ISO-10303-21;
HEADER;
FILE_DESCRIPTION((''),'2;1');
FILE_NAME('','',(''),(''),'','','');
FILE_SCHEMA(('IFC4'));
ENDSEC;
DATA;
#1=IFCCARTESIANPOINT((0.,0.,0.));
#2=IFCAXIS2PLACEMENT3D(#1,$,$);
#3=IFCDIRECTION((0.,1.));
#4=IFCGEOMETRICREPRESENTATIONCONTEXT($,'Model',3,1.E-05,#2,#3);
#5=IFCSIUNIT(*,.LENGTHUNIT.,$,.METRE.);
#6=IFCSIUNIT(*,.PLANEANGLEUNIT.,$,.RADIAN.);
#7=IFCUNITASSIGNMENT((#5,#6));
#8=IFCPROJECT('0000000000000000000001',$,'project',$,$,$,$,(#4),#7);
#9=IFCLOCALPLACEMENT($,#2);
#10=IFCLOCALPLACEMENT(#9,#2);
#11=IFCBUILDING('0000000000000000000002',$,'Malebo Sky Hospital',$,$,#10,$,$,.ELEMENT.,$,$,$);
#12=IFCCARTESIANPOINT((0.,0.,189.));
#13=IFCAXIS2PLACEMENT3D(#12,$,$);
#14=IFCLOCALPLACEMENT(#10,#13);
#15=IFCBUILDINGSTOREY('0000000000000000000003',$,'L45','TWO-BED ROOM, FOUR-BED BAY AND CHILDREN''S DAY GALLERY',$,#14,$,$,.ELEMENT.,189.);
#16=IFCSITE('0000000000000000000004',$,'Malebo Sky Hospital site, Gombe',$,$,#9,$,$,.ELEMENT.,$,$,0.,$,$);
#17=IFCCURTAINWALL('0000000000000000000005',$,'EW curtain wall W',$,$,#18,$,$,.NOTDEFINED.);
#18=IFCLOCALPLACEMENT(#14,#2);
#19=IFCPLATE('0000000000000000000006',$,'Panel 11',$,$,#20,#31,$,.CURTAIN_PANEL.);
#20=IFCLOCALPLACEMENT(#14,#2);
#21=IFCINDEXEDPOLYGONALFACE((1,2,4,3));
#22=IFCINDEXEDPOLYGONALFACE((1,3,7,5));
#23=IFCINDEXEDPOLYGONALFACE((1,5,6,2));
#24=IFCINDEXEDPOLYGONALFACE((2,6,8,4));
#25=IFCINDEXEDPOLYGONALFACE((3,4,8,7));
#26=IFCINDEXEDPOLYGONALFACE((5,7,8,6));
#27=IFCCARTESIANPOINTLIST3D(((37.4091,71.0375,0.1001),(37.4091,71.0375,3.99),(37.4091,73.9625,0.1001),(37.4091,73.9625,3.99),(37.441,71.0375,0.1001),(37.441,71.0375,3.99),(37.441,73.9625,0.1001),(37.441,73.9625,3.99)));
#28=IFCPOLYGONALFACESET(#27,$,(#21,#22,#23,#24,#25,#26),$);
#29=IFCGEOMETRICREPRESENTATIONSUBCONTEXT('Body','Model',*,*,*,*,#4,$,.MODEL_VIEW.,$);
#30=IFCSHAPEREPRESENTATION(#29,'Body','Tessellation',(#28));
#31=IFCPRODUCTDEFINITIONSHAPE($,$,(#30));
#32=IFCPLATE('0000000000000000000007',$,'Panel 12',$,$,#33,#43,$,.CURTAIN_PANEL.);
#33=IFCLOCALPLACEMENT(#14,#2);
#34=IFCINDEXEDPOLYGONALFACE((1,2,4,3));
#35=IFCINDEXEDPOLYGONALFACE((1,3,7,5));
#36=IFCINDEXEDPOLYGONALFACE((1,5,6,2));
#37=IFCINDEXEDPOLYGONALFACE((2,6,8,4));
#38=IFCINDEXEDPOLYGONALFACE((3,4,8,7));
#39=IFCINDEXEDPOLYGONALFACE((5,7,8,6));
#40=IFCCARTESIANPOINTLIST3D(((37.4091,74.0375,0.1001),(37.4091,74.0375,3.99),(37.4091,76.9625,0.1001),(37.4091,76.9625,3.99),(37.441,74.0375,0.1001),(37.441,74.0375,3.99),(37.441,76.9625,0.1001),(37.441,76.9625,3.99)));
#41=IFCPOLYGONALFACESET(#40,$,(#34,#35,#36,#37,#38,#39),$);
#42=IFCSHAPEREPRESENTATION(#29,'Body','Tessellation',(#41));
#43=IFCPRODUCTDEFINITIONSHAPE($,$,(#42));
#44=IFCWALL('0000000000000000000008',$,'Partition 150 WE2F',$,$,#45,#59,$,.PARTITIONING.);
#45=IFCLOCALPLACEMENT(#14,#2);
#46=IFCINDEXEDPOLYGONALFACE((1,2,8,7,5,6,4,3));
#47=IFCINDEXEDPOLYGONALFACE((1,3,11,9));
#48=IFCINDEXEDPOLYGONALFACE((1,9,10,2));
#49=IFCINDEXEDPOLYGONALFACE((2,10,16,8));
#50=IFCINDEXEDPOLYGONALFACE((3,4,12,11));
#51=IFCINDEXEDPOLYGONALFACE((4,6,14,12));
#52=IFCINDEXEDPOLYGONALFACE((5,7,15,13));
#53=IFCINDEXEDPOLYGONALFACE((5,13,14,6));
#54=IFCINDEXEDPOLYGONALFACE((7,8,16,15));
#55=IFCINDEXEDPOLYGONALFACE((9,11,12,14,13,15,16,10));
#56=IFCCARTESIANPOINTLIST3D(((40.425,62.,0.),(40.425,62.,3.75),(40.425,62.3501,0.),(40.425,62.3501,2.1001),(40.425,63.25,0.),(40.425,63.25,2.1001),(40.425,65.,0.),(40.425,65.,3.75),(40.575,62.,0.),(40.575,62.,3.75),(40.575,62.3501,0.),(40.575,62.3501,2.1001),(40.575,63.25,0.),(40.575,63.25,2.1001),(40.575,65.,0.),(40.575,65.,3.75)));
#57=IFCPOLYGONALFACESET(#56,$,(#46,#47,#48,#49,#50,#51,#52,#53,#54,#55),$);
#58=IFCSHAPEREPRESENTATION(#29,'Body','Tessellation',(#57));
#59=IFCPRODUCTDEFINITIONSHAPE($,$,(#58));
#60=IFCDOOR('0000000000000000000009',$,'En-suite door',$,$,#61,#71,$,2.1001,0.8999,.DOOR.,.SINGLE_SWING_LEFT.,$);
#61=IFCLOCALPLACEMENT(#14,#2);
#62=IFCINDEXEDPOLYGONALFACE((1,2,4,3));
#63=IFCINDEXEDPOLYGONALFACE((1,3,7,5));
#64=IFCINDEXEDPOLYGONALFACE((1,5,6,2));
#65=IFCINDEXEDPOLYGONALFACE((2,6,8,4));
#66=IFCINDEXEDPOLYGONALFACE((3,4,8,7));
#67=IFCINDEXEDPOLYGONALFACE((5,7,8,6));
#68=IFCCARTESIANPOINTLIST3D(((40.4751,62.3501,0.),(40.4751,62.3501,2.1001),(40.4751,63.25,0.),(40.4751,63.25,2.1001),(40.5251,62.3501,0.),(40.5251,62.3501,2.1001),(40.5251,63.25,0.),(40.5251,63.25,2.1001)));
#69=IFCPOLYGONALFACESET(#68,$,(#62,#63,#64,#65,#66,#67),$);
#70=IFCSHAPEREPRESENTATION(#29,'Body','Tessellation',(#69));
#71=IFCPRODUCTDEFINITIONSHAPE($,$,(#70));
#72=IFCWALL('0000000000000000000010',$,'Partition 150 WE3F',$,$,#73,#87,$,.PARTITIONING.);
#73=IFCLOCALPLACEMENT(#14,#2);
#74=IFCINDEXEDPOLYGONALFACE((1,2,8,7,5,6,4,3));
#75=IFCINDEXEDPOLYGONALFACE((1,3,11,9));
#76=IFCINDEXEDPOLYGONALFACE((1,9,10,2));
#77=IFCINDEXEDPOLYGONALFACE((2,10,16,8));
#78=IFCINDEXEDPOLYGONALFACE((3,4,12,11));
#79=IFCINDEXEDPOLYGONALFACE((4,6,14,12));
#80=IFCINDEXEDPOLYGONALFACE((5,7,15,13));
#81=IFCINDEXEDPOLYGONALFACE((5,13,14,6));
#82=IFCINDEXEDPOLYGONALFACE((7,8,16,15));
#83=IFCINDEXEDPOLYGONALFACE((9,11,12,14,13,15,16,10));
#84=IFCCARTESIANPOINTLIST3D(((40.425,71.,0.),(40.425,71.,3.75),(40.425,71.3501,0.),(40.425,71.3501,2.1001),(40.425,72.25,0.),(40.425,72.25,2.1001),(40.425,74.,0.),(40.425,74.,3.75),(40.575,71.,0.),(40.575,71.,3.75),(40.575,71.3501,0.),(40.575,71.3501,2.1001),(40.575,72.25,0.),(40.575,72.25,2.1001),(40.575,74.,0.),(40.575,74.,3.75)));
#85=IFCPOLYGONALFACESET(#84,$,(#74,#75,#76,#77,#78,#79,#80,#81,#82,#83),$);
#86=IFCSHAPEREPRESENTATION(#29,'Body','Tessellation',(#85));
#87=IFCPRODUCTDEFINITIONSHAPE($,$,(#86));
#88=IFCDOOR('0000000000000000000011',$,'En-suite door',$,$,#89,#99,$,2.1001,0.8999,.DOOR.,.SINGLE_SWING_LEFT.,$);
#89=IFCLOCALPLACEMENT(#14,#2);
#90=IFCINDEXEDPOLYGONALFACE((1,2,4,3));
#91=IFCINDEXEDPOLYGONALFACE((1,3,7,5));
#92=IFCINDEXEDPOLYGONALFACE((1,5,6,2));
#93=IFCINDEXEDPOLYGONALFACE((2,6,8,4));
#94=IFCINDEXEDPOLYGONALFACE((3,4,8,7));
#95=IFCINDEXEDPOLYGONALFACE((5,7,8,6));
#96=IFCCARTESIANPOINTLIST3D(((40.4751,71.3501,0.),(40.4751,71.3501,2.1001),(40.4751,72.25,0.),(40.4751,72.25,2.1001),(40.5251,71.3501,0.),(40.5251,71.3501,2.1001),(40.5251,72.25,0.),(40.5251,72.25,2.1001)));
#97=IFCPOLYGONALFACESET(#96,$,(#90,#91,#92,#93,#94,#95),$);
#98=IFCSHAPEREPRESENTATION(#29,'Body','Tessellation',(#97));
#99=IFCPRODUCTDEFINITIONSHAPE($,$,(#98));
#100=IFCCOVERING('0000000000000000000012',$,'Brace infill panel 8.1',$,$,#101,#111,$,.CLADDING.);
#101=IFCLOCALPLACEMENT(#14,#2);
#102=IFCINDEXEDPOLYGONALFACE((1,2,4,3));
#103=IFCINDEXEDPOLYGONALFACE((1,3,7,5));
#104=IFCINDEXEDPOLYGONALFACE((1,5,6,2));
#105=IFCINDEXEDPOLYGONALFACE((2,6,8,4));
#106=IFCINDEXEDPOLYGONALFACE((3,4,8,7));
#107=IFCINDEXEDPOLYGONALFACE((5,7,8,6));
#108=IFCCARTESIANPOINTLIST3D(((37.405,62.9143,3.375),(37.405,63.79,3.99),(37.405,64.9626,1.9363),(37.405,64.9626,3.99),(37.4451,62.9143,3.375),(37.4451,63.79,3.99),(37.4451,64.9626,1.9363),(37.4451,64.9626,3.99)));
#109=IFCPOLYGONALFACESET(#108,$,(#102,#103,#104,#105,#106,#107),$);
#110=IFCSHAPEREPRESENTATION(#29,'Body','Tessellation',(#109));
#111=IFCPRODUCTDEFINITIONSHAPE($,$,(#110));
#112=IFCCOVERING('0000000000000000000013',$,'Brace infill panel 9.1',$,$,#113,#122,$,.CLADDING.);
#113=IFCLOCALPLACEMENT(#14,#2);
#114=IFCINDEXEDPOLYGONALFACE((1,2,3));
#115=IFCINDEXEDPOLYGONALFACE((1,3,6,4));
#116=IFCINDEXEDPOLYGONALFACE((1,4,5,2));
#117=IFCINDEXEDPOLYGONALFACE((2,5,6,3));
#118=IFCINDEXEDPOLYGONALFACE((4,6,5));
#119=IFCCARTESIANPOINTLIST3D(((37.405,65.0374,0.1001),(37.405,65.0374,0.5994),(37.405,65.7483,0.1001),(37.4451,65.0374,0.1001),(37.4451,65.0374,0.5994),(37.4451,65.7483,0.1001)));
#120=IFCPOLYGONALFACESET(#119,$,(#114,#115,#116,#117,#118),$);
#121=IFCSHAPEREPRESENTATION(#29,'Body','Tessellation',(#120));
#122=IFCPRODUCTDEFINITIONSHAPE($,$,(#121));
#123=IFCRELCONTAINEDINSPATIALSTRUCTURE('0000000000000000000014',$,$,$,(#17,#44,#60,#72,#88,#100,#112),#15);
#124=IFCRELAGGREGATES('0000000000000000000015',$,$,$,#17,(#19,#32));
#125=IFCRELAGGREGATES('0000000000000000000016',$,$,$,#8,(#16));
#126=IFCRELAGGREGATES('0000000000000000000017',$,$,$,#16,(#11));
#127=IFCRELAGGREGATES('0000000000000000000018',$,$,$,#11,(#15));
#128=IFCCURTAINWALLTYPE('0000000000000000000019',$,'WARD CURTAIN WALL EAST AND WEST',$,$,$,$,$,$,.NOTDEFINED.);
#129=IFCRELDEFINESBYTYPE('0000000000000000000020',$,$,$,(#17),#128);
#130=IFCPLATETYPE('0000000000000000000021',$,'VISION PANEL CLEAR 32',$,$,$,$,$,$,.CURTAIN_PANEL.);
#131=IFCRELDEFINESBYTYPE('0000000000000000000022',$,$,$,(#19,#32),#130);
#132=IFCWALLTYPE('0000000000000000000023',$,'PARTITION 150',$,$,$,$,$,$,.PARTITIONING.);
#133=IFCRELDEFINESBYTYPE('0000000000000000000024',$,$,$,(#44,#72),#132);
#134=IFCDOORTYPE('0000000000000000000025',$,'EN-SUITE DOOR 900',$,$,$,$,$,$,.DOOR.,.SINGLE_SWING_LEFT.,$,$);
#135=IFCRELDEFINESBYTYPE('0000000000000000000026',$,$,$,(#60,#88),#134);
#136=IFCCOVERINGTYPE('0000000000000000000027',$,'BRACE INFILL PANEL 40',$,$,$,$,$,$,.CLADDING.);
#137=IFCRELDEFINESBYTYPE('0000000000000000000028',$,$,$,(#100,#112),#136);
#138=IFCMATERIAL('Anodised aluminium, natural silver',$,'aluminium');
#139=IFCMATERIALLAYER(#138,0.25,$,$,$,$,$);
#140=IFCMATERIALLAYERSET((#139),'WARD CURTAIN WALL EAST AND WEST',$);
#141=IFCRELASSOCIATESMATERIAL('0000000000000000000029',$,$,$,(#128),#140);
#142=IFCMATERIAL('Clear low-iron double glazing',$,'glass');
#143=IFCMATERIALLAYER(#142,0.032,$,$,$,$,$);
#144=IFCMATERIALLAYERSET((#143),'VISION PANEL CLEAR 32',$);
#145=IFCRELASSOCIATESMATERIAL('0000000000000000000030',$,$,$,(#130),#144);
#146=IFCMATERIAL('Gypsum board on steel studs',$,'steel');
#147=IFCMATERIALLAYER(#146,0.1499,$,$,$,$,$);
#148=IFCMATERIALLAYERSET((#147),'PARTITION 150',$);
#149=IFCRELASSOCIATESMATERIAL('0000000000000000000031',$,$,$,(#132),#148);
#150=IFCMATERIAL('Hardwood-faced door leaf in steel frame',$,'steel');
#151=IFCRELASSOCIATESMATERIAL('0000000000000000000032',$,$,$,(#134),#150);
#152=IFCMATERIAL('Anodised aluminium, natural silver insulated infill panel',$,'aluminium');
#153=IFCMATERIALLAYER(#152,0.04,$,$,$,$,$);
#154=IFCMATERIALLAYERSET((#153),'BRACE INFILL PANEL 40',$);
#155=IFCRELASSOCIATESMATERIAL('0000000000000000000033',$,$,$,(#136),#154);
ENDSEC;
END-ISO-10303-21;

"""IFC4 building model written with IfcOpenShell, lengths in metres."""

from ifc_helpers import new_model, si_unit, direction, frame, frame_2d, origin, origin_2d, place, context, subcontext, project, spatial, polyline, rectangle, outline, extrude, material, layer, layer_set, type_object, element, fill, aggregate, save


model = new_model("IFC4")

# Units and contexts
model_context = context("Model", 3, precision=1e-05, world=origin(), true_north=direction((0.0, 1.0)))
body_context = subcontext(model_context, "Body", "Model", "MODEL_VIEW")
ifc_project = project(units=[si_unit("LENGTHUNIT", "METRE"), si_unit("PLANEANGLEUNIT", "RADIAN")], contexts=[model_context])

# Site, building, storey
site_placement = place(None, origin())
site = spatial("IfcSite", under=ifc_project, at=site_placement, Name="Malebo Sky Hospital site, Gombe", CompositionType="ELEMENT", RefElevation=0.0)
building_placement = place(site_placement, origin())
building = spatial("IfcBuilding", under=site, at=building_placement, Name="Malebo Sky Hospital", CompositionType="ELEMENT")
storey_placement = place(building_placement, frame((0.0, 0.0, 189.0)))
storey = spatial("IfcBuildingStorey", under=building, at=storey_placement, Name="L45", Description="TWO-BED ROOM, FOUR-BED BAY AND CHILDREN'S DAY GALLERY", CompositionType="ELEMENT", Elevation=189.0)

# Curtain wall
ifc_material_1 = material(Name="Anodised aluminium, natural silver", Category="aluminium")
ifc_layer_1 = layer(ifc_material_1, 0.25)
ifc_layer_set_1 = layer_set([ifc_layer_1], Name="WARD CURTAIN WALL EAST AND WEST")
curtain_wall_type = type_object("IfcCurtainWallType", Name="WARD CURTAIN WALL EAST AND WEST", PredefinedType="NOTDEFINED", material=ifc_layer_set_1)
curtain_wall_placement = place(storey_placement, origin())
curtain_wall = element("IfcCurtainWall", 1, at=curtain_wall_placement, inside=storey, type_object=curtain_wall_type, Name="EW curtain wall W", PredefinedType="NOTDEFINED")

# Plates
ifc_material_2 = material(Name="Clear low-iron double glazing", Category="glass")
ifc_layer_2 = layer(ifc_material_2, 0.032)
ifc_layer_set_2 = layer_set([ifc_layer_2], Name="VISION PANEL CLEAR 32")
plate_type = type_object("IfcPlateType", Name="VISION PANEL CLEAR 32", PredefinedType="CURTAIN_PANEL", material=ifc_layer_set_2)
plate_1_placement = place(storey_placement, frame((37.425, 72.5, 0.1001), z_axis=(0.0, 0.0, 1.0), x_axis=(0.0, 1.0, 0.0)))
plate_1 = element("IfcPlate", 2, at=plate_1_placement, type_object=plate_type, Name="Panel 11", PredefinedType="CURTAIN_PANEL", context=body_context, shape_type="SweptSolid", body=[
    extrude(rectangle(XDim=2.925, YDim=0.032, at=origin_2d()), origin(), (0.0, 0.0, 1.0), 3.8899),
])
plate_2_placement = place(storey_placement, frame((37.425, 75.5, 0.1001), z_axis=(0.0, 0.0, 1.0), x_axis=(0.0, 1.0, 0.0)))
plate_2 = element("IfcPlate", 3, at=plate_2_placement, type_object=plate_type, Name="Panel 12", PredefinedType="CURTAIN_PANEL", context=body_context, shape_type="SweptSolid", body=[
    extrude(rectangle(XDim=2.925, YDim=0.032, at=origin_2d()), origin(), (0.0, 0.0, 1.0), 3.8899),
])
aggregate(curtain_wall, [plate_1, plate_2])

# Walls, openings, doors
ifc_material_3 = material(Name="Gypsum board on steel studs", Category="steel")
ifc_layer_3 = layer(ifc_material_3, 0.1499)
ifc_layer_set_3 = layer_set([ifc_layer_3], Name="PARTITION 150")
wall_type = type_object("IfcWallType", Name="PARTITION 150", PredefinedType="PARTITIONING", material=ifc_layer_set_3)
wall_1_placement = place(storey_placement, frame((40.5, 62.0, 0.0), z_axis=(0.0, 0.0, 1.0), x_axis=(0.0, 1.0, 0.0)))
wall_1 = element("IfcWall", 4, at=wall_1_placement, inside=storey, type_object=wall_type, Name="Partition 150 WE2F", PredefinedType="PARTITIONING", context=body_context, shape_type="SweptSolid", body=[
    extrude(rectangle(XDim=3.0, YDim=0.1499, at=frame_2d((1.5, 0.0))), origin(), (0.0, 0.0, 1.0), 3.75),
])
opening_1_placement = place(wall_1_placement, frame((0.3501, 0.0, 0.0)))
opening_1 = element("IfcOpeningElement", 5, at=opening_1_placement, cuts=wall_1, PredefinedType="OPENING", context=body_context, shape_type="SweptSolid", body=[
    extrude(rectangle(XDim=0.8999, YDim=2.1001, at=frame_2d((0.45, 1.05))), frame((0.0, 0.085, 0.0), z_axis=(0.0, -1.0, 0.0), x_axis=(1.0, 0.0, 0.0)), (0.0, 0.0, 1.0), 0.1699),
])
ifc_material_4 = material(Name="Hardwood-faced door leaf in steel frame", Category="steel")
door_type = type_object("IfcDoorType", Name="EN-SUITE DOOR 900", OperationType="SINGLE_SWING_LEFT", PredefinedType="DOOR", material=ifc_material_4)
door_1_placement = place(opening_1_placement, origin())
door_1 = element("IfcDoor", 6, at=door_1_placement, inside=storey, type_object=door_type, Name="En-suite door", OperationType="SINGLE_SWING_LEFT", OverallHeight=2.1001, OverallWidth=0.8999, PredefinedType="DOOR", context=body_context, shape_type="SweptSolid", body=[
    extrude(rectangle(XDim=0.8999, YDim=2.1001, at=frame_2d((0.45, 1.05))), frame((0.0, 0.0249, 0.0), z_axis=(0.0, -1.0, 0.0), x_axis=(1.0, 0.0, 0.0)), (0.0, 0.0, 1.0), 0.05),
])
fill(opening_1, door_1)
wall_2_placement = place(storey_placement, frame((40.5, 71.0, 0.0), z_axis=(0.0, 0.0, 1.0), x_axis=(0.0, 1.0, 0.0)))
wall_2 = element("IfcWall", 7, at=wall_2_placement, inside=storey, type_object=wall_type, Name="Partition 150 WE3F", PredefinedType="PARTITIONING", context=body_context, shape_type="SweptSolid", body=[
    extrude(rectangle(XDim=3.0, YDim=0.1499, at=frame_2d((1.5, 0.0))), origin(), (0.0, 0.0, 1.0), 3.75),
])
opening_2_placement = place(wall_2_placement, frame((0.3501, 0.0, 0.0)))
opening_2 = element("IfcOpeningElement", 8, at=opening_2_placement, cuts=wall_2, PredefinedType="OPENING", context=body_context, shape_type="SweptSolid", body=[
    extrude(rectangle(XDim=0.8999, YDim=2.1001, at=frame_2d((0.45, 1.05))), frame((0.0, 0.085, 0.0), z_axis=(0.0, -1.0, 0.0), x_axis=(1.0, 0.0, 0.0)), (0.0, 0.0, 1.0), 0.1699),
])
door_2_placement = place(opening_2_placement, origin())
door_2 = element("IfcDoor", 9, at=door_2_placement, inside=storey, type_object=door_type, Name="En-suite door", OperationType="SINGLE_SWING_LEFT", OverallHeight=2.1001, OverallWidth=0.8999, PredefinedType="DOOR", context=body_context, shape_type="SweptSolid", body=[
    extrude(rectangle(XDim=0.8999, YDim=2.1001, at=frame_2d((0.45, 1.05))), frame((0.0, 0.0249, 0.0), z_axis=(0.0, -1.0, 0.0), x_axis=(1.0, 0.0, 0.0)), (0.0, 0.0, 1.0), 0.05),
])
fill(opening_2, door_2)

# Coverings
ifc_material_5 = material(Name="Anodised aluminium, natural silver insulated infill panel", Category="aluminium")
ifc_layer_4 = layer(ifc_material_5, 0.04)
ifc_layer_set_4 = layer_set([ifc_layer_4], Name="BRACE INFILL PANEL 40")
covering_type = type_object("IfcCoveringType", Name="BRACE INFILL PANEL 40", PredefinedType="CLADDING", material=ifc_layer_set_4)
covering_1_placement = place(storey_placement, frame((37.425, 63.9385, 1.9363), z_axis=(0.0, 0.0, 1.0), x_axis=(0.0, 1.0, 0.0)))
element("IfcCovering", 10, at=covering_1_placement, inside=storey, type_object=covering_type, Name="Brace infill panel 8.1", PredefinedType="CLADDING", context=body_context, shape_type="SweptSolid", body=[
    extrude(outline(polyline([(1.0242, 0.0), (1.0242, 2.0537), (-0.1484, 2.0537), (-1.0242, 1.4387), (1.0242, 0.0)])), frame((0.0, 0.02, 0.0), z_axis=(0.0, -1.0, 0.0), x_axis=(1.0, 0.0, 0.0)), (0.0, 0.0, 1.0), 0.04),
])
covering_2_placement = place(storey_placement, frame((37.425, 65.3928, 0.1001), z_axis=(0.0, 0.0, 1.0), x_axis=(0.0, 1.0, 0.0)))
element("IfcCovering", 11, at=covering_2_placement, inside=storey, type_object=covering_type, Name="Brace infill panel 9.1", PredefinedType="CLADDING", context=body_context, shape_type="SweptSolid", body=[
    extrude(outline(polyline([(-0.3555, 0.0), (0.3555, 0.0), (-0.3555, 0.4993), (-0.3555, 0.0)])), frame((0.0, 0.02, 0.0), z_axis=(0.0, -1.0, 0.0), x_axis=(1.0, 0.0, 0.0)), (0.0, 0.0, 1.0), 0.04),
])

save(model, "model.ifc")
